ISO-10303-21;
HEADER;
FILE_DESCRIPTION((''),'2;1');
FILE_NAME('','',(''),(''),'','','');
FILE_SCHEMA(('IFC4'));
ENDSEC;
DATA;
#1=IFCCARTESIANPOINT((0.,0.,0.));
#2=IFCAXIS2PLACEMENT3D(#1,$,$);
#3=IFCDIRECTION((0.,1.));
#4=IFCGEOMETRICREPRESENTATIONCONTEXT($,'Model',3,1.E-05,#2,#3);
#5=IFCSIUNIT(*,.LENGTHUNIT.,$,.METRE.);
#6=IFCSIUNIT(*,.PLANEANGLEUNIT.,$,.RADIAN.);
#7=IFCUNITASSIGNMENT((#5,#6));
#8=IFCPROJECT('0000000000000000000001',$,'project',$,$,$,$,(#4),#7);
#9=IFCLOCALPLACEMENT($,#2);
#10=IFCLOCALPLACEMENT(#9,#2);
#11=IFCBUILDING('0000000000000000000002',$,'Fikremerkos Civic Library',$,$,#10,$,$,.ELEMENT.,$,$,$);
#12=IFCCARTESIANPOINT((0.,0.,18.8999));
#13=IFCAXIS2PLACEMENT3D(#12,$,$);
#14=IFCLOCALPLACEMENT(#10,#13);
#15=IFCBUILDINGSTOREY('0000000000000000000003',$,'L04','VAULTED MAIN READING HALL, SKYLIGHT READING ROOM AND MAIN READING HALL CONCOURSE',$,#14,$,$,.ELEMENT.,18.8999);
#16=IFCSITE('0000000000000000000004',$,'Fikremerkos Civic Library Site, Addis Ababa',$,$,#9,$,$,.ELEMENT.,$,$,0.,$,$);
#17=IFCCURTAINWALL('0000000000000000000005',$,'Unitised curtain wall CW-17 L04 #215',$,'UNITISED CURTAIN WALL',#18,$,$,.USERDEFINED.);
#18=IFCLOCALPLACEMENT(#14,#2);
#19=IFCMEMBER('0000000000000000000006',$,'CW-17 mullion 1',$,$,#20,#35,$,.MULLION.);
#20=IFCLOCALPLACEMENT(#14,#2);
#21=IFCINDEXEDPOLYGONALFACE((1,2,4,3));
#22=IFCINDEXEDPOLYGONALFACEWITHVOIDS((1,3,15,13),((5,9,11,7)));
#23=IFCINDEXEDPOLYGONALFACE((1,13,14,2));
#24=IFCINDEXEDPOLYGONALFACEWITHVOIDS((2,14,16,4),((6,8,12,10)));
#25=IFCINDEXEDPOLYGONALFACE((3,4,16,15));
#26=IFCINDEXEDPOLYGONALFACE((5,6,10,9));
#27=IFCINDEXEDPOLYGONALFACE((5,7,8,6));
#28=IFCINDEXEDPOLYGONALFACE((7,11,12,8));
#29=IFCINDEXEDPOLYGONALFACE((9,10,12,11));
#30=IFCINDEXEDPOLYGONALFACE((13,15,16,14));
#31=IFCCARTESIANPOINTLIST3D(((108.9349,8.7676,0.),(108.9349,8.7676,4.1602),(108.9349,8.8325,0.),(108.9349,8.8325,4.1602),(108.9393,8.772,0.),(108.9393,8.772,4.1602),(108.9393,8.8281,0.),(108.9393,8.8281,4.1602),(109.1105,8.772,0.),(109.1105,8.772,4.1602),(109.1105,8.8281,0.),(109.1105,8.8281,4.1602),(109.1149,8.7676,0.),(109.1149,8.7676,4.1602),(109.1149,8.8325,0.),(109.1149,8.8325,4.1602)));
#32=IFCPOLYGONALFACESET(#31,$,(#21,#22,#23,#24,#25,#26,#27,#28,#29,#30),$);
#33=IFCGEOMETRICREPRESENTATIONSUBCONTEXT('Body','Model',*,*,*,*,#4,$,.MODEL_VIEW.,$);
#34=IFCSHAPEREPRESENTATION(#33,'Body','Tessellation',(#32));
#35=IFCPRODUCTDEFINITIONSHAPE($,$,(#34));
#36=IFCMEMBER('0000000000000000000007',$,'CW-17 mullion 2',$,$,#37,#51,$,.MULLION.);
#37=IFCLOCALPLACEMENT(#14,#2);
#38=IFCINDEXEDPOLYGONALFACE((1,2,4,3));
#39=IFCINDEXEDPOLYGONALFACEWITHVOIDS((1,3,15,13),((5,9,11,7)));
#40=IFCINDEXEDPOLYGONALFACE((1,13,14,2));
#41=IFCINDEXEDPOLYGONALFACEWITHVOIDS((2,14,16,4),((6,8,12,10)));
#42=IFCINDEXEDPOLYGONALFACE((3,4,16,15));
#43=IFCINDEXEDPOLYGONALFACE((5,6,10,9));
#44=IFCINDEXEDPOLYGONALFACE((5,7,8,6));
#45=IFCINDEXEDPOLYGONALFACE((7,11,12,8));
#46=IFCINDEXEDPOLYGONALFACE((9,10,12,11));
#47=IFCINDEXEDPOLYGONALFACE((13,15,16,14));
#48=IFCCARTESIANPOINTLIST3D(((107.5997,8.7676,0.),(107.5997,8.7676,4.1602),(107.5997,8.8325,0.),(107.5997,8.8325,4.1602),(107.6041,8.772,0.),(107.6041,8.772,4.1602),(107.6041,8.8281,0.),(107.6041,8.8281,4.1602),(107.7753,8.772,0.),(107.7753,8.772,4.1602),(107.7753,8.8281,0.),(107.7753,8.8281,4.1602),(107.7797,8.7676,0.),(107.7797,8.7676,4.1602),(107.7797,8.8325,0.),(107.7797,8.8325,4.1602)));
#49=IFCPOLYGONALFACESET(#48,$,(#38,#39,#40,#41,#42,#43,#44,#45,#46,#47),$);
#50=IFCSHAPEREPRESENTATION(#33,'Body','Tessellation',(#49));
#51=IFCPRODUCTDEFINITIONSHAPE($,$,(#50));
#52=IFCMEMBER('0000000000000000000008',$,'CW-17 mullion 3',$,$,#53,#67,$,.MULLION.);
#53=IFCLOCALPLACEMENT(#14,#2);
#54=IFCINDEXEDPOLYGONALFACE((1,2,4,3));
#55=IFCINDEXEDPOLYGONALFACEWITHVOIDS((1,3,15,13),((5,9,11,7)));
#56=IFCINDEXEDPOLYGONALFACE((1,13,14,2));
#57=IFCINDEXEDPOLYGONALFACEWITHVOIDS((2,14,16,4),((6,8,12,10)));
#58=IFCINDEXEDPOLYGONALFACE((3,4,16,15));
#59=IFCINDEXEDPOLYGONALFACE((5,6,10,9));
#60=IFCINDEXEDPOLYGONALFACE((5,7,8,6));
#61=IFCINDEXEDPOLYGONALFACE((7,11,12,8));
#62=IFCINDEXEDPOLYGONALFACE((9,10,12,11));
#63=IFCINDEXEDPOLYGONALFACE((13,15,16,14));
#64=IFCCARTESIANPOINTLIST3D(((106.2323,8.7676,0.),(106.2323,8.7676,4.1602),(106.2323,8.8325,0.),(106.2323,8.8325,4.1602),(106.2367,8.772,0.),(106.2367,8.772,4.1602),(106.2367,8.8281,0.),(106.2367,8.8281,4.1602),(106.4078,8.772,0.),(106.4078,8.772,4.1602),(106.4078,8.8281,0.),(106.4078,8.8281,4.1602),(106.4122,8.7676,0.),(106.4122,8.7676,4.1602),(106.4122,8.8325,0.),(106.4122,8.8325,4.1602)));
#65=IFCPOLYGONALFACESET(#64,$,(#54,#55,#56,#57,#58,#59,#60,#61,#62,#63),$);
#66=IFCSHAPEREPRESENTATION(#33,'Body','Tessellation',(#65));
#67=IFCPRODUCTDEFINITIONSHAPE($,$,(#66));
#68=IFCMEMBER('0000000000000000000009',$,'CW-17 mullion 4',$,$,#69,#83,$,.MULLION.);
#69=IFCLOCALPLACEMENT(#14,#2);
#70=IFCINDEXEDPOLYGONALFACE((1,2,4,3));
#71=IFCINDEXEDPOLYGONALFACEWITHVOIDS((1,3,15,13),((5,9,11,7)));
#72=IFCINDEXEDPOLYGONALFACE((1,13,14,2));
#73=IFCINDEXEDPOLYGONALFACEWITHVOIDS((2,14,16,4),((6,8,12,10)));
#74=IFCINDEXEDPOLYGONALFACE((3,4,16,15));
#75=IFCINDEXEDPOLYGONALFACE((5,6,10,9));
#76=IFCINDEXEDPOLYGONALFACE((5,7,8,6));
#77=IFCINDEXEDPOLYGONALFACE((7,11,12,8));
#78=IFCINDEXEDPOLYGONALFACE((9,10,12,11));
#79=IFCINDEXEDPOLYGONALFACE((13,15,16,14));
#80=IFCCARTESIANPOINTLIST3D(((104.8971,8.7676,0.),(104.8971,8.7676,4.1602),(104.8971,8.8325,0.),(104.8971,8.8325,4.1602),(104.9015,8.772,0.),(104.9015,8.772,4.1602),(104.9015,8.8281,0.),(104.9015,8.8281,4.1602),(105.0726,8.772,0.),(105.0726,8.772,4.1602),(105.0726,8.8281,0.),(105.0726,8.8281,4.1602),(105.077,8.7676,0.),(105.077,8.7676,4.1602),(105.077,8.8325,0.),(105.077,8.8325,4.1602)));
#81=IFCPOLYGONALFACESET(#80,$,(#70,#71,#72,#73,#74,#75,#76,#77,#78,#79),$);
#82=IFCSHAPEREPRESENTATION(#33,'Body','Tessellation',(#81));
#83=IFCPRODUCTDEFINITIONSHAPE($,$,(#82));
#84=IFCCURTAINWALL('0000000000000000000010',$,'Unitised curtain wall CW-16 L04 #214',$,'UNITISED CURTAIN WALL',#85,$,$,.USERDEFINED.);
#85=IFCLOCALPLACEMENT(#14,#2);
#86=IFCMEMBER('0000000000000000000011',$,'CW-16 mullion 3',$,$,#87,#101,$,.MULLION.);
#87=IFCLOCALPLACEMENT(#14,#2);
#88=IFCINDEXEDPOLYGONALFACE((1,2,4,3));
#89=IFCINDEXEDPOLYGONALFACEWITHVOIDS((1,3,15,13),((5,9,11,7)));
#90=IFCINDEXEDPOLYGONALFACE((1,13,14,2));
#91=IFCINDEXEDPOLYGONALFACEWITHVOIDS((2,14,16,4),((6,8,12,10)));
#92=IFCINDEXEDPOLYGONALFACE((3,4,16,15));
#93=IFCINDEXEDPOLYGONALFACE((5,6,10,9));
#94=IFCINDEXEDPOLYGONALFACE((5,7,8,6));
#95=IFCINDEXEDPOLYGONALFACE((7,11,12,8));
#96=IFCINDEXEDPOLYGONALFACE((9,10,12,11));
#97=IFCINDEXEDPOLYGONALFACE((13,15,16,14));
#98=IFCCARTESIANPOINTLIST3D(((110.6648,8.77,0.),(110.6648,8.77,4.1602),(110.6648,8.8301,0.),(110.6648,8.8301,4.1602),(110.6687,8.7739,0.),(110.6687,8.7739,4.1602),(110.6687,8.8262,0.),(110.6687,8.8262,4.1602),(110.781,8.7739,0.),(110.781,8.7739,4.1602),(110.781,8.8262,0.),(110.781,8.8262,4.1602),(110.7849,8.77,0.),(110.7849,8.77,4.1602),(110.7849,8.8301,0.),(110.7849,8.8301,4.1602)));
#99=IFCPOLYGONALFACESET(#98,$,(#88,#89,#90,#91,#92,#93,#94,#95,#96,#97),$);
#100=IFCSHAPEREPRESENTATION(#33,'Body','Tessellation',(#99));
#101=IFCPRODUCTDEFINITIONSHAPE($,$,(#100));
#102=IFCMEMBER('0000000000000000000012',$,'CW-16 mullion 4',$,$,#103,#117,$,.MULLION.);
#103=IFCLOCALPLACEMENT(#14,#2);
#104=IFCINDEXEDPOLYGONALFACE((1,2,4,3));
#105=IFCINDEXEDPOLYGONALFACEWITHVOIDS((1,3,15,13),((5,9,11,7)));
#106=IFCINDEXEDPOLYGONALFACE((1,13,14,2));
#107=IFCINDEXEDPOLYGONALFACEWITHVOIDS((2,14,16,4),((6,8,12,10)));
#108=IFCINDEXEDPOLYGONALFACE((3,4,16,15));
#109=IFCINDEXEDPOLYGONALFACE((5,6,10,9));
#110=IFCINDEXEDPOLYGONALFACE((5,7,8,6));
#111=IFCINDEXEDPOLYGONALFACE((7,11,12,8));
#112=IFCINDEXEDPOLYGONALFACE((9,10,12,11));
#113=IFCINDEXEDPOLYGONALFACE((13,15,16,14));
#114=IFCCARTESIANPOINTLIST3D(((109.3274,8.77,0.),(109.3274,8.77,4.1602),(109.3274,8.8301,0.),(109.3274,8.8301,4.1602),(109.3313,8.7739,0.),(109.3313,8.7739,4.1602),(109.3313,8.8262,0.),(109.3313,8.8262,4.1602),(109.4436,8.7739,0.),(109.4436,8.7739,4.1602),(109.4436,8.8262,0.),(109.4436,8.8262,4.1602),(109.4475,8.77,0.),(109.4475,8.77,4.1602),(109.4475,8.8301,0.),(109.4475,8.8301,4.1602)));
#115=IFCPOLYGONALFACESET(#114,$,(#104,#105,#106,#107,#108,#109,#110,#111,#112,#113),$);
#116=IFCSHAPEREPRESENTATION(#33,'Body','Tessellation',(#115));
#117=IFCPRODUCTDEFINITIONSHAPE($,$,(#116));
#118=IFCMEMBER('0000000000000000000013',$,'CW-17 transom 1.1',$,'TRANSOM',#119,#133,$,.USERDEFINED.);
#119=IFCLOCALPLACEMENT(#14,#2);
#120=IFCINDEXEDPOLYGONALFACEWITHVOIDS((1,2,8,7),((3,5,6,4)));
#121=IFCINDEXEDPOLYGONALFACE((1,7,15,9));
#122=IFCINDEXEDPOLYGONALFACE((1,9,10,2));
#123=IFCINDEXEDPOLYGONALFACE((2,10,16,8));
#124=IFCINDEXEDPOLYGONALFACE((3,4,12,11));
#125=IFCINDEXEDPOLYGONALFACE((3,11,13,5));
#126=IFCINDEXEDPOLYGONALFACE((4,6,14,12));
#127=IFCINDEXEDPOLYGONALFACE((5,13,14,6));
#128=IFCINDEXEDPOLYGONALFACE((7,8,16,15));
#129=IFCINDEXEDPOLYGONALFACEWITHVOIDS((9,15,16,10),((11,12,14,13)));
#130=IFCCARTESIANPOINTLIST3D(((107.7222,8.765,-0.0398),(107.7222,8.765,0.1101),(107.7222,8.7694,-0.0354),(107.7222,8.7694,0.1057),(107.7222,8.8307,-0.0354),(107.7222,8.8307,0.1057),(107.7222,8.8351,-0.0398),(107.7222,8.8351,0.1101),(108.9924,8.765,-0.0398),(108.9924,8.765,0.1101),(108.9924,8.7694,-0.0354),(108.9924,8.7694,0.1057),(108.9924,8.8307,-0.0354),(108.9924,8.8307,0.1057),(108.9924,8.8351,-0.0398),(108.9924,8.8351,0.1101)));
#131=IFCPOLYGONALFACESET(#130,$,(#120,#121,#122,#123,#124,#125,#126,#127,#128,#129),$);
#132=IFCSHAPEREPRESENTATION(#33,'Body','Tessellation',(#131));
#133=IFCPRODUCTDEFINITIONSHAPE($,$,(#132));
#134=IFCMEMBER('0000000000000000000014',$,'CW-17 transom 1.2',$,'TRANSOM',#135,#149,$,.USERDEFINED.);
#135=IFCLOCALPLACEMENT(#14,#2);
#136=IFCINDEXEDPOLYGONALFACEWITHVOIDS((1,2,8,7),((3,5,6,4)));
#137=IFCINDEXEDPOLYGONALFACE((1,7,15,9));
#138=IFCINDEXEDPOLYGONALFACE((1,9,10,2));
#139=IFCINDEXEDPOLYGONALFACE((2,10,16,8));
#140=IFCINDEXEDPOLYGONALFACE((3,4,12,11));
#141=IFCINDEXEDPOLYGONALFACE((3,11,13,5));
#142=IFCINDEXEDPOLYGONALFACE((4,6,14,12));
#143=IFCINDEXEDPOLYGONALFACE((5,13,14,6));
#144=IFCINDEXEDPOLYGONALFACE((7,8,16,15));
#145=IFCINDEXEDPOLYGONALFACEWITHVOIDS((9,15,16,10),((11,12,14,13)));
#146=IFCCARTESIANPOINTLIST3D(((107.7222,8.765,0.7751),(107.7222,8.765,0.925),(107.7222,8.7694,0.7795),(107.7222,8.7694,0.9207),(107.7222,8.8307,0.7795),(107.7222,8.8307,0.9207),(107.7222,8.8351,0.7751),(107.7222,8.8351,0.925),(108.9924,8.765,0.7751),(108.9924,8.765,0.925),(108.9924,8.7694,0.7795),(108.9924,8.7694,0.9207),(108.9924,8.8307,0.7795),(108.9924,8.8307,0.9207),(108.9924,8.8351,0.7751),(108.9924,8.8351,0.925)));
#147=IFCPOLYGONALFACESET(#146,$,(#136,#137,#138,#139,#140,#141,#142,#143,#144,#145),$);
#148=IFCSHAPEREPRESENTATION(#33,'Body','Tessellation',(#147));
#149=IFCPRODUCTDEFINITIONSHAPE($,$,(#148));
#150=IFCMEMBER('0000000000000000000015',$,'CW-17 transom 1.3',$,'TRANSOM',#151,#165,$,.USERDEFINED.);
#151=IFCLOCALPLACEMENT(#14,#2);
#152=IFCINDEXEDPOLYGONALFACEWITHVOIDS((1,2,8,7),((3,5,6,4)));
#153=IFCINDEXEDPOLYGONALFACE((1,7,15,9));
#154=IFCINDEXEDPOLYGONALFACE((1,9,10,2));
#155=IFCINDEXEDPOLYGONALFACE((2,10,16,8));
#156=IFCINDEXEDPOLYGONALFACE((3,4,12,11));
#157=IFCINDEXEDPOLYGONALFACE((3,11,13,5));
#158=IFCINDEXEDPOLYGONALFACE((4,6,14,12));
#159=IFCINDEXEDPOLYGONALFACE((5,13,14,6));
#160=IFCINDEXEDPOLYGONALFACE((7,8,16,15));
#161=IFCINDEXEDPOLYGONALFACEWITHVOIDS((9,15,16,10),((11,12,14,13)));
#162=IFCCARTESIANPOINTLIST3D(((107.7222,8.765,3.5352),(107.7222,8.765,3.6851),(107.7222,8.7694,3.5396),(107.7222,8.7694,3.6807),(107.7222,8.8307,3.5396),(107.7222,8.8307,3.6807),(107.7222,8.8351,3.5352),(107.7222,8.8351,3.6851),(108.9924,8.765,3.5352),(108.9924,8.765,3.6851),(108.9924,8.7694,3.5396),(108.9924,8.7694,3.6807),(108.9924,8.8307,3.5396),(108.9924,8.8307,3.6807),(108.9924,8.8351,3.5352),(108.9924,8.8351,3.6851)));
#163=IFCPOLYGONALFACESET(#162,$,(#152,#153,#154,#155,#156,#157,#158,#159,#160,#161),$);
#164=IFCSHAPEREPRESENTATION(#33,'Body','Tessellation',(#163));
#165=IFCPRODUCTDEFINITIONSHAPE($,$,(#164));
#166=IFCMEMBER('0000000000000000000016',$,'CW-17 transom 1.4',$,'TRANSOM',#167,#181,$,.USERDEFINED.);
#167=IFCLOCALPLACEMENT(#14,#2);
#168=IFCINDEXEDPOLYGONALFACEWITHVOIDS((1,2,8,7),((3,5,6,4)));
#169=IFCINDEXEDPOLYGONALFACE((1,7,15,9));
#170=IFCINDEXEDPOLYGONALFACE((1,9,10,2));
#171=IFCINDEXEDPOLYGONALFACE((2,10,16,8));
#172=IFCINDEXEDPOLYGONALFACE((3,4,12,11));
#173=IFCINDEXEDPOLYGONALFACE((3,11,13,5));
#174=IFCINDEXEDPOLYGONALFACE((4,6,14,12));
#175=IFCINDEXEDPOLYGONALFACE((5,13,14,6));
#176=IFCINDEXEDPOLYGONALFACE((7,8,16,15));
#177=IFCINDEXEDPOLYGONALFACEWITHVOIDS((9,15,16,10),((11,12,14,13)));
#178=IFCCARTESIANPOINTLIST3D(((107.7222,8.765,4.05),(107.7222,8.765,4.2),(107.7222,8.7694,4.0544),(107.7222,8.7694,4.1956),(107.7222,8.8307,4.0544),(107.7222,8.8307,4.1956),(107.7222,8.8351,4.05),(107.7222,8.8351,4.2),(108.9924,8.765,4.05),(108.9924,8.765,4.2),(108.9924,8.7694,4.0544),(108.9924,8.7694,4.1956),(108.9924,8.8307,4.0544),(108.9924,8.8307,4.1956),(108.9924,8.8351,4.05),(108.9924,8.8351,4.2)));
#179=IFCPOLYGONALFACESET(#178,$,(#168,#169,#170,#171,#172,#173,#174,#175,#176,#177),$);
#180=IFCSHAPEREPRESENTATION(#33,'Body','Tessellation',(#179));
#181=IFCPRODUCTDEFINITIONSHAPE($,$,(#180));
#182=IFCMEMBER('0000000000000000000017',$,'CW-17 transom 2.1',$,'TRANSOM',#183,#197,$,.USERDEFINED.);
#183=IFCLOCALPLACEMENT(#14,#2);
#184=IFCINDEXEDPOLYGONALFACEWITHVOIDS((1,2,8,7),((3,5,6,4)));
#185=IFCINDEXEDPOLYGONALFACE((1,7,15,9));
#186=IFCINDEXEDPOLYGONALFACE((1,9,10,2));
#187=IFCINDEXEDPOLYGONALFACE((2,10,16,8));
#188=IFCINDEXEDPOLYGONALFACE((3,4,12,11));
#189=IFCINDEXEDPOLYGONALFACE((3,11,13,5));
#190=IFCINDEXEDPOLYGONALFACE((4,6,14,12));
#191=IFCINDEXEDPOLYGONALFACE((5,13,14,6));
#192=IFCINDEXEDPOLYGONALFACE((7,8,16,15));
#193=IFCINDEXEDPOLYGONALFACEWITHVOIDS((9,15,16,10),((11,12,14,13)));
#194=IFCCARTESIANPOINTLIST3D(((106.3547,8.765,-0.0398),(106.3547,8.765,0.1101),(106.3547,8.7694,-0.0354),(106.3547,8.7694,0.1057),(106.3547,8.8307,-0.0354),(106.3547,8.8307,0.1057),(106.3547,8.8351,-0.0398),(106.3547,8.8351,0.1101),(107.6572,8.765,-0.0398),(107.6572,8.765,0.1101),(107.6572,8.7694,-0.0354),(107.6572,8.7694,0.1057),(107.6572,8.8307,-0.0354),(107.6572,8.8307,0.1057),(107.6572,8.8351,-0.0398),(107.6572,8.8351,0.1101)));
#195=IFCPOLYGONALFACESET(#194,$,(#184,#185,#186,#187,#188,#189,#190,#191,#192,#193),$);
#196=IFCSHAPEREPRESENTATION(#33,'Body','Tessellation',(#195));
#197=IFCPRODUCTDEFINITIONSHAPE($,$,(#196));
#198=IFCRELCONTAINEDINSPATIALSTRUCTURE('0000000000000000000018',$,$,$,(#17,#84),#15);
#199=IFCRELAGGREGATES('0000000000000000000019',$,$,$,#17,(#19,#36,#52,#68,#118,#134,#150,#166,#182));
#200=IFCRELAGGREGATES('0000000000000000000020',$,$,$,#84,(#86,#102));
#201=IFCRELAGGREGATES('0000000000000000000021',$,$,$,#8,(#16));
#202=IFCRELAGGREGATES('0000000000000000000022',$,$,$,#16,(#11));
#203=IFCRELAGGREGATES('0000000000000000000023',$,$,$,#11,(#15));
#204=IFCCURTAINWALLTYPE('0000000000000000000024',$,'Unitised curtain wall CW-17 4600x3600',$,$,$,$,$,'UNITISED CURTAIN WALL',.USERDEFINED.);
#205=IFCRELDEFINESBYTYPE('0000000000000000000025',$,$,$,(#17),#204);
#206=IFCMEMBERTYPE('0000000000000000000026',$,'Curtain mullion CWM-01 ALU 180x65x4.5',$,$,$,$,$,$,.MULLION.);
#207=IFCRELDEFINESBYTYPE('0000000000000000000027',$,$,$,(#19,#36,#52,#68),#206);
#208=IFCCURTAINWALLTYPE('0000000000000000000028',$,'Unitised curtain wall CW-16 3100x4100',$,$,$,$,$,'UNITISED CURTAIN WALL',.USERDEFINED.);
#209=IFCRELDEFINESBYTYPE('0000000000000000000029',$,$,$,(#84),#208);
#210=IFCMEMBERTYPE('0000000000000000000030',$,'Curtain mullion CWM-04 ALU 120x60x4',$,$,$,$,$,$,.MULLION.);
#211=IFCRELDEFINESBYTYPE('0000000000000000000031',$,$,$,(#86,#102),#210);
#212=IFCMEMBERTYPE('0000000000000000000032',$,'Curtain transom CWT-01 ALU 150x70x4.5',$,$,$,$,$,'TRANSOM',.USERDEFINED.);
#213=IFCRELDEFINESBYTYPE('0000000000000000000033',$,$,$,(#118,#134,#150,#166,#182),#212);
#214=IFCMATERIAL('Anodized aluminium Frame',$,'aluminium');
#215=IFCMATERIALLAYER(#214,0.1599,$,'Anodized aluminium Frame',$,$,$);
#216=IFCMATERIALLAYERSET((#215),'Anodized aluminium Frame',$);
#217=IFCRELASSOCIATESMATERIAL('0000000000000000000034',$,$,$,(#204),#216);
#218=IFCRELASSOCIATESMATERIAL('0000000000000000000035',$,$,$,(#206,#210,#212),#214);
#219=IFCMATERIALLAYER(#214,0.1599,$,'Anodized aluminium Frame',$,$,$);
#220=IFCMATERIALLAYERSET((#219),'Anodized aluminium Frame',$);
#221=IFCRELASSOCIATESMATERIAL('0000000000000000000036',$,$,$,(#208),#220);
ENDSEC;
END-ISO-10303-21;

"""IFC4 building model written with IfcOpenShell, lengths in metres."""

from ifc_helpers import new_model, si_unit, direction, frame, origin, origin_2d, place, context, subcontext, project, spatial, hollow_rectangle, extrude, material, layer, layer_set, material_profile, profile_set, type_object, element, aggregate, save


model = new_model("IFC4")

# Units and contexts
model_context = context("Model", 3, precision=1e-05, world=origin(), true_north=direction((0.0, 1.0)))
body_context = subcontext(model_context, "Body", "Model", "MODEL_VIEW")
ifc_project = project(units=[si_unit("LENGTHUNIT", "METRE"), si_unit("PLANEANGLEUNIT", "RADIAN")], contexts=[model_context])

# Site, building, storey
site_placement = place(None, origin())
site = spatial("IfcSite", under=ifc_project, at=site_placement, Name="Fikremerkos Civic Library Site, Addis Ababa", CompositionType="ELEMENT", RefElevation=0.0)
building_placement = place(site_placement, origin())
building = spatial("IfcBuilding", under=site, at=building_placement, Name="Fikremerkos Civic Library", CompositionType="ELEMENT")
storey_placement = place(building_placement, frame((0.0, 0.0, 18.8999)))
storey = spatial("IfcBuildingStorey", under=building, at=storey_placement, Name="L04", Description="VAULTED MAIN READING HALL, SKYLIGHT READING ROOM AND MAIN READING HALL CONCOURSE", CompositionType="ELEMENT", Elevation=18.8999)

# Curtain walls, members
ifc_material_1 = material(Name="Anodized aluminium Frame", Category="aluminium")
ifc_layer_1 = layer(ifc_material_1, 0.1599, Name="Anodized aluminium Frame")
ifc_layer_set_1 = layer_set([ifc_layer_1], Name="Anodized aluminium Frame")
curtain_wall_type_1 = type_object("IfcCurtainWallType", Name="Unitised curtain wall CW-17 4600x3600", ElementType="UNITISED CURTAIN WALL", PredefinedType="USERDEFINED", material=ifc_layer_set_1)
curtain_wall_1_placement = place(storey_placement, origin())
curtain_wall_1 = element("IfcCurtainWall", 1, at=curtain_wall_1_placement, inside=storey, type_object=curtain_wall_type_1, Name="Unitised curtain wall CW-17 L04 #215", ObjectType="UNITISED CURTAIN WALL", PredefinedType="USERDEFINED")
ifc_material_profile_1 = material_profile(ifc_material_1, hollow_rectangle(XDim=0.0649, YDim=0.1799, WallThickness=0.0044, at=origin_2d()), Name="ALU 180x65x4.5")
ifc_profile_set_1 = profile_set([ifc_material_profile_1], Name="Anodized aluminium Frame")
member_type_1 = type_object("IfcMemberType", Name="Curtain mullion CWM-01 ALU 180x65x4.5", PredefinedType="MULLION", material=ifc_profile_set_1)
member_1_placement = place(storey_placement, frame((109.0249, 8.8, 0.0), z_axis=(0.0, 0.0, 1.0), x_axis=(0.0, -1.0, 0.0)))
member_1 = element("IfcMember", 2, at=member_1_placement, type_object=member_type_1, Name="CW-17 mullion 1", PredefinedType="MULLION", context=body_context, shape_type="SweptSolid", body=[
    extrude(hollow_rectangle(XDim=0.0649, YDim=0.1799, WallThickness=0.0044, at=origin_2d()), origin(), (0.0, 0.0, 1.0), 4.1602),
])
member_2_placement = place(storey_placement, frame((107.6897, 8.8, 0.0), z_axis=(0.0, 0.0, 1.0), x_axis=(0.0, -1.0, 0.0)))
member_2 = element("IfcMember", 3, at=member_2_placement, type_object=member_type_1, Name="CW-17 mullion 2", PredefinedType="MULLION", context=body_context, shape_type="SweptSolid", body=[
    extrude(hollow_rectangle(XDim=0.0649, YDim=0.1799, WallThickness=0.0044, at=origin_2d()), origin(), (0.0, 0.0, 1.0), 4.1602),
])
member_3_placement = place(storey_placement, frame((106.3223, 8.8, 0.0), z_axis=(0.0, 0.0, 1.0), x_axis=(0.0, -1.0, 0.0)))
member_3 = element("IfcMember", 4, at=member_3_placement, type_object=member_type_1, Name="CW-17 mullion 3", PredefinedType="MULLION", context=body_context, shape_type="SweptSolid", body=[
    extrude(hollow_rectangle(XDim=0.0649, YDim=0.1799, WallThickness=0.0044, at=origin_2d()), origin(), (0.0, 0.0, 1.0), 4.1602),
])
member_4_placement = place(storey_placement, frame((104.9871, 8.8, 0.0), z_axis=(0.0, 0.0, 1.0), x_axis=(0.0, -1.0, 0.0)))
member_4 = element("IfcMember", 5, at=member_4_placement, type_object=member_type_1, Name="CW-17 mullion 4", PredefinedType="MULLION", context=body_context, shape_type="SweptSolid", body=[
    extrude(hollow_rectangle(XDim=0.0649, YDim=0.1799, WallThickness=0.0044, at=origin_2d()), origin(), (0.0, 0.0, 1.0), 4.1602),
])
ifc_layer_2 = layer(ifc_material_1, 0.1599, Name="Anodized aluminium Frame")
ifc_layer_set_2 = layer_set([ifc_layer_2], Name="Anodized aluminium Frame")
curtain_wall_type_2 = type_object("IfcCurtainWallType", Name="Unitised curtain wall CW-16 3100x4100", ElementType="UNITISED CURTAIN WALL", PredefinedType="USERDEFINED", material=ifc_layer_set_2)
curtain_wall_2_placement = place(storey_placement, origin())
curtain_wall_2 = element("IfcCurtainWall", 6, at=curtain_wall_2_placement, inside=storey, type_object=curtain_wall_type_2, Name="Unitised curtain wall CW-16 L04 #214", ObjectType="UNITISED CURTAIN WALL", PredefinedType="USERDEFINED")
ifc_material_profile_2 = material_profile(ifc_material_1, hollow_rectangle(XDim=0.0601, YDim=0.1201, WallThickness=0.0039, at=origin_2d()), Name="ALU 120x60x4")
ifc_profile_set_2 = profile_set([ifc_material_profile_2], Name="Anodized aluminium Frame")
member_type_2 = type_object("IfcMemberType", Name="Curtain mullion CWM-04 ALU 120x60x4", PredefinedType="MULLION", material=ifc_profile_set_2)
member_5_placement = place(storey_placement, frame((110.7249, 8.8, 0.0), z_axis=(0.0, 0.0, 1.0), x_axis=(0.0, -1.0, 0.0)))
member_5 = element("IfcMember", 7, at=member_5_placement, type_object=member_type_2, Name="CW-16 mullion 3", PredefinedType="MULLION", context=body_context, shape_type="SweptSolid", body=[
    extrude(hollow_rectangle(XDim=0.0601, YDim=0.1201, WallThickness=0.0039, at=origin_2d()), origin(), (0.0, 0.0, 1.0), 4.1602),
])
member_6_placement = place(storey_placement, frame((109.3875, 8.8, 0.0), z_axis=(0.0, 0.0, 1.0), x_axis=(0.0, -1.0, 0.0)))
member_6 = element("IfcMember", 8, at=member_6_placement, type_object=member_type_2, Name="CW-16 mullion 4", PredefinedType="MULLION", context=body_context, shape_type="SweptSolid", body=[
    extrude(hollow_rectangle(XDim=0.0601, YDim=0.1201, WallThickness=0.0039, at=origin_2d()), origin(), (0.0, 0.0, 1.0), 4.1602),
])

# Members
ifc_material_profile_3 = material_profile(ifc_material_1, hollow_rectangle(XDim=0.0701, YDim=0.1499, WallThickness=0.0044, at=origin_2d()), Name="ALU 150x70x4.5")
ifc_profile_set_3 = profile_set([ifc_material_profile_3], Name="Anodized aluminium Frame")
member_type_3 = type_object("IfcMemberType", Name="Curtain transom CWT-01 ALU 150x70x4.5", ElementType="TRANSOM", PredefinedType="USERDEFINED", material=ifc_profile_set_3)
member_7_placement = place(storey_placement, frame((108.9924, 8.8, 0.0352), z_axis=(-1.0, 0.0, 0.0), x_axis=(0.0, -1.0, 0.0)))
member_7 = element("IfcMember", 9, at=member_7_placement, type_object=member_type_3, Name="CW-17 transom 1.1", ObjectType="TRANSOM", PredefinedType="USERDEFINED", context=body_context, shape_type="SweptSolid", body=[
    extrude(hollow_rectangle(XDim=0.0701, YDim=0.1499, WallThickness=0.0044, at=origin_2d()), origin(), (0.0, 0.0, 1.0), 1.2703),
])
member_8_placement = place(storey_placement, frame((108.9924, 8.8, 0.8501), z_axis=(-1.0, 0.0, 0.0), x_axis=(0.0, -1.0, 0.0)))
member_8 = element("IfcMember", 10, at=member_8_placement, type_object=member_type_3, Name="CW-17 transom 1.2", ObjectType="TRANSOM", PredefinedType="USERDEFINED", context=body_context, shape_type="SweptSolid", body=[
    extrude(hollow_rectangle(XDim=0.0701, YDim=0.1499, WallThickness=0.0044, at=origin_2d()), origin(), (0.0, 0.0, 1.0), 1.2703),
])
member_9_placement = place(storey_placement, frame((108.9924, 8.8, 3.6101), z_axis=(-1.0, 0.0, 0.0), x_axis=(0.0, -1.0, 0.0)))
member_9 = element("IfcMember", 11, at=member_9_placement, type_object=member_type_3, Name="CW-17 transom 1.3", ObjectType="TRANSOM", PredefinedType="USERDEFINED", context=body_context, shape_type="SweptSolid", body=[
    extrude(hollow_rectangle(XDim=0.0701, YDim=0.1499, WallThickness=0.0044, at=origin_2d()), origin(), (0.0, 0.0, 1.0), 1.2703),
])
member_10_placement = place(storey_placement, frame((108.9924, 8.8, 4.125), z_axis=(-1.0, 0.0, 0.0), x_axis=(0.0, -1.0, 0.0)))
member_10 = element("IfcMember", 12, at=member_10_placement, type_object=member_type_3, Name="CW-17 transom 1.4", ObjectType="TRANSOM", PredefinedType="USERDEFINED", context=body_context, shape_type="SweptSolid", body=[
    extrude(hollow_rectangle(XDim=0.0701, YDim=0.1499, WallThickness=0.0044, at=origin_2d()), origin(), (0.0, 0.0, 1.0), 1.2703),
])
member_11_placement = place(storey_placement, frame((107.6572, 8.8, 0.0352), z_axis=(-1.0, 0.0, 0.0), x_axis=(0.0, -1.0, 0.0)))
member_11 = element("IfcMember", 13, at=member_11_placement, type_object=member_type_3, Name="CW-17 transom 2.1", ObjectType="TRANSOM", PredefinedType="USERDEFINED", context=body_context, shape_type="SweptSolid", body=[
    extrude(hollow_rectangle(XDim=0.0701, YDim=0.1499, WallThickness=0.0044, at=origin_2d()), origin(), (0.0, 0.0, 1.0), 1.3025),
])

aggregate(curtain_wall_1, [member_1, member_2, member_3, member_4, member_7, member_8, member_9, member_10, member_11])
aggregate(curtain_wall_2, [member_5, member_6])

save(model, "model.ifc")
